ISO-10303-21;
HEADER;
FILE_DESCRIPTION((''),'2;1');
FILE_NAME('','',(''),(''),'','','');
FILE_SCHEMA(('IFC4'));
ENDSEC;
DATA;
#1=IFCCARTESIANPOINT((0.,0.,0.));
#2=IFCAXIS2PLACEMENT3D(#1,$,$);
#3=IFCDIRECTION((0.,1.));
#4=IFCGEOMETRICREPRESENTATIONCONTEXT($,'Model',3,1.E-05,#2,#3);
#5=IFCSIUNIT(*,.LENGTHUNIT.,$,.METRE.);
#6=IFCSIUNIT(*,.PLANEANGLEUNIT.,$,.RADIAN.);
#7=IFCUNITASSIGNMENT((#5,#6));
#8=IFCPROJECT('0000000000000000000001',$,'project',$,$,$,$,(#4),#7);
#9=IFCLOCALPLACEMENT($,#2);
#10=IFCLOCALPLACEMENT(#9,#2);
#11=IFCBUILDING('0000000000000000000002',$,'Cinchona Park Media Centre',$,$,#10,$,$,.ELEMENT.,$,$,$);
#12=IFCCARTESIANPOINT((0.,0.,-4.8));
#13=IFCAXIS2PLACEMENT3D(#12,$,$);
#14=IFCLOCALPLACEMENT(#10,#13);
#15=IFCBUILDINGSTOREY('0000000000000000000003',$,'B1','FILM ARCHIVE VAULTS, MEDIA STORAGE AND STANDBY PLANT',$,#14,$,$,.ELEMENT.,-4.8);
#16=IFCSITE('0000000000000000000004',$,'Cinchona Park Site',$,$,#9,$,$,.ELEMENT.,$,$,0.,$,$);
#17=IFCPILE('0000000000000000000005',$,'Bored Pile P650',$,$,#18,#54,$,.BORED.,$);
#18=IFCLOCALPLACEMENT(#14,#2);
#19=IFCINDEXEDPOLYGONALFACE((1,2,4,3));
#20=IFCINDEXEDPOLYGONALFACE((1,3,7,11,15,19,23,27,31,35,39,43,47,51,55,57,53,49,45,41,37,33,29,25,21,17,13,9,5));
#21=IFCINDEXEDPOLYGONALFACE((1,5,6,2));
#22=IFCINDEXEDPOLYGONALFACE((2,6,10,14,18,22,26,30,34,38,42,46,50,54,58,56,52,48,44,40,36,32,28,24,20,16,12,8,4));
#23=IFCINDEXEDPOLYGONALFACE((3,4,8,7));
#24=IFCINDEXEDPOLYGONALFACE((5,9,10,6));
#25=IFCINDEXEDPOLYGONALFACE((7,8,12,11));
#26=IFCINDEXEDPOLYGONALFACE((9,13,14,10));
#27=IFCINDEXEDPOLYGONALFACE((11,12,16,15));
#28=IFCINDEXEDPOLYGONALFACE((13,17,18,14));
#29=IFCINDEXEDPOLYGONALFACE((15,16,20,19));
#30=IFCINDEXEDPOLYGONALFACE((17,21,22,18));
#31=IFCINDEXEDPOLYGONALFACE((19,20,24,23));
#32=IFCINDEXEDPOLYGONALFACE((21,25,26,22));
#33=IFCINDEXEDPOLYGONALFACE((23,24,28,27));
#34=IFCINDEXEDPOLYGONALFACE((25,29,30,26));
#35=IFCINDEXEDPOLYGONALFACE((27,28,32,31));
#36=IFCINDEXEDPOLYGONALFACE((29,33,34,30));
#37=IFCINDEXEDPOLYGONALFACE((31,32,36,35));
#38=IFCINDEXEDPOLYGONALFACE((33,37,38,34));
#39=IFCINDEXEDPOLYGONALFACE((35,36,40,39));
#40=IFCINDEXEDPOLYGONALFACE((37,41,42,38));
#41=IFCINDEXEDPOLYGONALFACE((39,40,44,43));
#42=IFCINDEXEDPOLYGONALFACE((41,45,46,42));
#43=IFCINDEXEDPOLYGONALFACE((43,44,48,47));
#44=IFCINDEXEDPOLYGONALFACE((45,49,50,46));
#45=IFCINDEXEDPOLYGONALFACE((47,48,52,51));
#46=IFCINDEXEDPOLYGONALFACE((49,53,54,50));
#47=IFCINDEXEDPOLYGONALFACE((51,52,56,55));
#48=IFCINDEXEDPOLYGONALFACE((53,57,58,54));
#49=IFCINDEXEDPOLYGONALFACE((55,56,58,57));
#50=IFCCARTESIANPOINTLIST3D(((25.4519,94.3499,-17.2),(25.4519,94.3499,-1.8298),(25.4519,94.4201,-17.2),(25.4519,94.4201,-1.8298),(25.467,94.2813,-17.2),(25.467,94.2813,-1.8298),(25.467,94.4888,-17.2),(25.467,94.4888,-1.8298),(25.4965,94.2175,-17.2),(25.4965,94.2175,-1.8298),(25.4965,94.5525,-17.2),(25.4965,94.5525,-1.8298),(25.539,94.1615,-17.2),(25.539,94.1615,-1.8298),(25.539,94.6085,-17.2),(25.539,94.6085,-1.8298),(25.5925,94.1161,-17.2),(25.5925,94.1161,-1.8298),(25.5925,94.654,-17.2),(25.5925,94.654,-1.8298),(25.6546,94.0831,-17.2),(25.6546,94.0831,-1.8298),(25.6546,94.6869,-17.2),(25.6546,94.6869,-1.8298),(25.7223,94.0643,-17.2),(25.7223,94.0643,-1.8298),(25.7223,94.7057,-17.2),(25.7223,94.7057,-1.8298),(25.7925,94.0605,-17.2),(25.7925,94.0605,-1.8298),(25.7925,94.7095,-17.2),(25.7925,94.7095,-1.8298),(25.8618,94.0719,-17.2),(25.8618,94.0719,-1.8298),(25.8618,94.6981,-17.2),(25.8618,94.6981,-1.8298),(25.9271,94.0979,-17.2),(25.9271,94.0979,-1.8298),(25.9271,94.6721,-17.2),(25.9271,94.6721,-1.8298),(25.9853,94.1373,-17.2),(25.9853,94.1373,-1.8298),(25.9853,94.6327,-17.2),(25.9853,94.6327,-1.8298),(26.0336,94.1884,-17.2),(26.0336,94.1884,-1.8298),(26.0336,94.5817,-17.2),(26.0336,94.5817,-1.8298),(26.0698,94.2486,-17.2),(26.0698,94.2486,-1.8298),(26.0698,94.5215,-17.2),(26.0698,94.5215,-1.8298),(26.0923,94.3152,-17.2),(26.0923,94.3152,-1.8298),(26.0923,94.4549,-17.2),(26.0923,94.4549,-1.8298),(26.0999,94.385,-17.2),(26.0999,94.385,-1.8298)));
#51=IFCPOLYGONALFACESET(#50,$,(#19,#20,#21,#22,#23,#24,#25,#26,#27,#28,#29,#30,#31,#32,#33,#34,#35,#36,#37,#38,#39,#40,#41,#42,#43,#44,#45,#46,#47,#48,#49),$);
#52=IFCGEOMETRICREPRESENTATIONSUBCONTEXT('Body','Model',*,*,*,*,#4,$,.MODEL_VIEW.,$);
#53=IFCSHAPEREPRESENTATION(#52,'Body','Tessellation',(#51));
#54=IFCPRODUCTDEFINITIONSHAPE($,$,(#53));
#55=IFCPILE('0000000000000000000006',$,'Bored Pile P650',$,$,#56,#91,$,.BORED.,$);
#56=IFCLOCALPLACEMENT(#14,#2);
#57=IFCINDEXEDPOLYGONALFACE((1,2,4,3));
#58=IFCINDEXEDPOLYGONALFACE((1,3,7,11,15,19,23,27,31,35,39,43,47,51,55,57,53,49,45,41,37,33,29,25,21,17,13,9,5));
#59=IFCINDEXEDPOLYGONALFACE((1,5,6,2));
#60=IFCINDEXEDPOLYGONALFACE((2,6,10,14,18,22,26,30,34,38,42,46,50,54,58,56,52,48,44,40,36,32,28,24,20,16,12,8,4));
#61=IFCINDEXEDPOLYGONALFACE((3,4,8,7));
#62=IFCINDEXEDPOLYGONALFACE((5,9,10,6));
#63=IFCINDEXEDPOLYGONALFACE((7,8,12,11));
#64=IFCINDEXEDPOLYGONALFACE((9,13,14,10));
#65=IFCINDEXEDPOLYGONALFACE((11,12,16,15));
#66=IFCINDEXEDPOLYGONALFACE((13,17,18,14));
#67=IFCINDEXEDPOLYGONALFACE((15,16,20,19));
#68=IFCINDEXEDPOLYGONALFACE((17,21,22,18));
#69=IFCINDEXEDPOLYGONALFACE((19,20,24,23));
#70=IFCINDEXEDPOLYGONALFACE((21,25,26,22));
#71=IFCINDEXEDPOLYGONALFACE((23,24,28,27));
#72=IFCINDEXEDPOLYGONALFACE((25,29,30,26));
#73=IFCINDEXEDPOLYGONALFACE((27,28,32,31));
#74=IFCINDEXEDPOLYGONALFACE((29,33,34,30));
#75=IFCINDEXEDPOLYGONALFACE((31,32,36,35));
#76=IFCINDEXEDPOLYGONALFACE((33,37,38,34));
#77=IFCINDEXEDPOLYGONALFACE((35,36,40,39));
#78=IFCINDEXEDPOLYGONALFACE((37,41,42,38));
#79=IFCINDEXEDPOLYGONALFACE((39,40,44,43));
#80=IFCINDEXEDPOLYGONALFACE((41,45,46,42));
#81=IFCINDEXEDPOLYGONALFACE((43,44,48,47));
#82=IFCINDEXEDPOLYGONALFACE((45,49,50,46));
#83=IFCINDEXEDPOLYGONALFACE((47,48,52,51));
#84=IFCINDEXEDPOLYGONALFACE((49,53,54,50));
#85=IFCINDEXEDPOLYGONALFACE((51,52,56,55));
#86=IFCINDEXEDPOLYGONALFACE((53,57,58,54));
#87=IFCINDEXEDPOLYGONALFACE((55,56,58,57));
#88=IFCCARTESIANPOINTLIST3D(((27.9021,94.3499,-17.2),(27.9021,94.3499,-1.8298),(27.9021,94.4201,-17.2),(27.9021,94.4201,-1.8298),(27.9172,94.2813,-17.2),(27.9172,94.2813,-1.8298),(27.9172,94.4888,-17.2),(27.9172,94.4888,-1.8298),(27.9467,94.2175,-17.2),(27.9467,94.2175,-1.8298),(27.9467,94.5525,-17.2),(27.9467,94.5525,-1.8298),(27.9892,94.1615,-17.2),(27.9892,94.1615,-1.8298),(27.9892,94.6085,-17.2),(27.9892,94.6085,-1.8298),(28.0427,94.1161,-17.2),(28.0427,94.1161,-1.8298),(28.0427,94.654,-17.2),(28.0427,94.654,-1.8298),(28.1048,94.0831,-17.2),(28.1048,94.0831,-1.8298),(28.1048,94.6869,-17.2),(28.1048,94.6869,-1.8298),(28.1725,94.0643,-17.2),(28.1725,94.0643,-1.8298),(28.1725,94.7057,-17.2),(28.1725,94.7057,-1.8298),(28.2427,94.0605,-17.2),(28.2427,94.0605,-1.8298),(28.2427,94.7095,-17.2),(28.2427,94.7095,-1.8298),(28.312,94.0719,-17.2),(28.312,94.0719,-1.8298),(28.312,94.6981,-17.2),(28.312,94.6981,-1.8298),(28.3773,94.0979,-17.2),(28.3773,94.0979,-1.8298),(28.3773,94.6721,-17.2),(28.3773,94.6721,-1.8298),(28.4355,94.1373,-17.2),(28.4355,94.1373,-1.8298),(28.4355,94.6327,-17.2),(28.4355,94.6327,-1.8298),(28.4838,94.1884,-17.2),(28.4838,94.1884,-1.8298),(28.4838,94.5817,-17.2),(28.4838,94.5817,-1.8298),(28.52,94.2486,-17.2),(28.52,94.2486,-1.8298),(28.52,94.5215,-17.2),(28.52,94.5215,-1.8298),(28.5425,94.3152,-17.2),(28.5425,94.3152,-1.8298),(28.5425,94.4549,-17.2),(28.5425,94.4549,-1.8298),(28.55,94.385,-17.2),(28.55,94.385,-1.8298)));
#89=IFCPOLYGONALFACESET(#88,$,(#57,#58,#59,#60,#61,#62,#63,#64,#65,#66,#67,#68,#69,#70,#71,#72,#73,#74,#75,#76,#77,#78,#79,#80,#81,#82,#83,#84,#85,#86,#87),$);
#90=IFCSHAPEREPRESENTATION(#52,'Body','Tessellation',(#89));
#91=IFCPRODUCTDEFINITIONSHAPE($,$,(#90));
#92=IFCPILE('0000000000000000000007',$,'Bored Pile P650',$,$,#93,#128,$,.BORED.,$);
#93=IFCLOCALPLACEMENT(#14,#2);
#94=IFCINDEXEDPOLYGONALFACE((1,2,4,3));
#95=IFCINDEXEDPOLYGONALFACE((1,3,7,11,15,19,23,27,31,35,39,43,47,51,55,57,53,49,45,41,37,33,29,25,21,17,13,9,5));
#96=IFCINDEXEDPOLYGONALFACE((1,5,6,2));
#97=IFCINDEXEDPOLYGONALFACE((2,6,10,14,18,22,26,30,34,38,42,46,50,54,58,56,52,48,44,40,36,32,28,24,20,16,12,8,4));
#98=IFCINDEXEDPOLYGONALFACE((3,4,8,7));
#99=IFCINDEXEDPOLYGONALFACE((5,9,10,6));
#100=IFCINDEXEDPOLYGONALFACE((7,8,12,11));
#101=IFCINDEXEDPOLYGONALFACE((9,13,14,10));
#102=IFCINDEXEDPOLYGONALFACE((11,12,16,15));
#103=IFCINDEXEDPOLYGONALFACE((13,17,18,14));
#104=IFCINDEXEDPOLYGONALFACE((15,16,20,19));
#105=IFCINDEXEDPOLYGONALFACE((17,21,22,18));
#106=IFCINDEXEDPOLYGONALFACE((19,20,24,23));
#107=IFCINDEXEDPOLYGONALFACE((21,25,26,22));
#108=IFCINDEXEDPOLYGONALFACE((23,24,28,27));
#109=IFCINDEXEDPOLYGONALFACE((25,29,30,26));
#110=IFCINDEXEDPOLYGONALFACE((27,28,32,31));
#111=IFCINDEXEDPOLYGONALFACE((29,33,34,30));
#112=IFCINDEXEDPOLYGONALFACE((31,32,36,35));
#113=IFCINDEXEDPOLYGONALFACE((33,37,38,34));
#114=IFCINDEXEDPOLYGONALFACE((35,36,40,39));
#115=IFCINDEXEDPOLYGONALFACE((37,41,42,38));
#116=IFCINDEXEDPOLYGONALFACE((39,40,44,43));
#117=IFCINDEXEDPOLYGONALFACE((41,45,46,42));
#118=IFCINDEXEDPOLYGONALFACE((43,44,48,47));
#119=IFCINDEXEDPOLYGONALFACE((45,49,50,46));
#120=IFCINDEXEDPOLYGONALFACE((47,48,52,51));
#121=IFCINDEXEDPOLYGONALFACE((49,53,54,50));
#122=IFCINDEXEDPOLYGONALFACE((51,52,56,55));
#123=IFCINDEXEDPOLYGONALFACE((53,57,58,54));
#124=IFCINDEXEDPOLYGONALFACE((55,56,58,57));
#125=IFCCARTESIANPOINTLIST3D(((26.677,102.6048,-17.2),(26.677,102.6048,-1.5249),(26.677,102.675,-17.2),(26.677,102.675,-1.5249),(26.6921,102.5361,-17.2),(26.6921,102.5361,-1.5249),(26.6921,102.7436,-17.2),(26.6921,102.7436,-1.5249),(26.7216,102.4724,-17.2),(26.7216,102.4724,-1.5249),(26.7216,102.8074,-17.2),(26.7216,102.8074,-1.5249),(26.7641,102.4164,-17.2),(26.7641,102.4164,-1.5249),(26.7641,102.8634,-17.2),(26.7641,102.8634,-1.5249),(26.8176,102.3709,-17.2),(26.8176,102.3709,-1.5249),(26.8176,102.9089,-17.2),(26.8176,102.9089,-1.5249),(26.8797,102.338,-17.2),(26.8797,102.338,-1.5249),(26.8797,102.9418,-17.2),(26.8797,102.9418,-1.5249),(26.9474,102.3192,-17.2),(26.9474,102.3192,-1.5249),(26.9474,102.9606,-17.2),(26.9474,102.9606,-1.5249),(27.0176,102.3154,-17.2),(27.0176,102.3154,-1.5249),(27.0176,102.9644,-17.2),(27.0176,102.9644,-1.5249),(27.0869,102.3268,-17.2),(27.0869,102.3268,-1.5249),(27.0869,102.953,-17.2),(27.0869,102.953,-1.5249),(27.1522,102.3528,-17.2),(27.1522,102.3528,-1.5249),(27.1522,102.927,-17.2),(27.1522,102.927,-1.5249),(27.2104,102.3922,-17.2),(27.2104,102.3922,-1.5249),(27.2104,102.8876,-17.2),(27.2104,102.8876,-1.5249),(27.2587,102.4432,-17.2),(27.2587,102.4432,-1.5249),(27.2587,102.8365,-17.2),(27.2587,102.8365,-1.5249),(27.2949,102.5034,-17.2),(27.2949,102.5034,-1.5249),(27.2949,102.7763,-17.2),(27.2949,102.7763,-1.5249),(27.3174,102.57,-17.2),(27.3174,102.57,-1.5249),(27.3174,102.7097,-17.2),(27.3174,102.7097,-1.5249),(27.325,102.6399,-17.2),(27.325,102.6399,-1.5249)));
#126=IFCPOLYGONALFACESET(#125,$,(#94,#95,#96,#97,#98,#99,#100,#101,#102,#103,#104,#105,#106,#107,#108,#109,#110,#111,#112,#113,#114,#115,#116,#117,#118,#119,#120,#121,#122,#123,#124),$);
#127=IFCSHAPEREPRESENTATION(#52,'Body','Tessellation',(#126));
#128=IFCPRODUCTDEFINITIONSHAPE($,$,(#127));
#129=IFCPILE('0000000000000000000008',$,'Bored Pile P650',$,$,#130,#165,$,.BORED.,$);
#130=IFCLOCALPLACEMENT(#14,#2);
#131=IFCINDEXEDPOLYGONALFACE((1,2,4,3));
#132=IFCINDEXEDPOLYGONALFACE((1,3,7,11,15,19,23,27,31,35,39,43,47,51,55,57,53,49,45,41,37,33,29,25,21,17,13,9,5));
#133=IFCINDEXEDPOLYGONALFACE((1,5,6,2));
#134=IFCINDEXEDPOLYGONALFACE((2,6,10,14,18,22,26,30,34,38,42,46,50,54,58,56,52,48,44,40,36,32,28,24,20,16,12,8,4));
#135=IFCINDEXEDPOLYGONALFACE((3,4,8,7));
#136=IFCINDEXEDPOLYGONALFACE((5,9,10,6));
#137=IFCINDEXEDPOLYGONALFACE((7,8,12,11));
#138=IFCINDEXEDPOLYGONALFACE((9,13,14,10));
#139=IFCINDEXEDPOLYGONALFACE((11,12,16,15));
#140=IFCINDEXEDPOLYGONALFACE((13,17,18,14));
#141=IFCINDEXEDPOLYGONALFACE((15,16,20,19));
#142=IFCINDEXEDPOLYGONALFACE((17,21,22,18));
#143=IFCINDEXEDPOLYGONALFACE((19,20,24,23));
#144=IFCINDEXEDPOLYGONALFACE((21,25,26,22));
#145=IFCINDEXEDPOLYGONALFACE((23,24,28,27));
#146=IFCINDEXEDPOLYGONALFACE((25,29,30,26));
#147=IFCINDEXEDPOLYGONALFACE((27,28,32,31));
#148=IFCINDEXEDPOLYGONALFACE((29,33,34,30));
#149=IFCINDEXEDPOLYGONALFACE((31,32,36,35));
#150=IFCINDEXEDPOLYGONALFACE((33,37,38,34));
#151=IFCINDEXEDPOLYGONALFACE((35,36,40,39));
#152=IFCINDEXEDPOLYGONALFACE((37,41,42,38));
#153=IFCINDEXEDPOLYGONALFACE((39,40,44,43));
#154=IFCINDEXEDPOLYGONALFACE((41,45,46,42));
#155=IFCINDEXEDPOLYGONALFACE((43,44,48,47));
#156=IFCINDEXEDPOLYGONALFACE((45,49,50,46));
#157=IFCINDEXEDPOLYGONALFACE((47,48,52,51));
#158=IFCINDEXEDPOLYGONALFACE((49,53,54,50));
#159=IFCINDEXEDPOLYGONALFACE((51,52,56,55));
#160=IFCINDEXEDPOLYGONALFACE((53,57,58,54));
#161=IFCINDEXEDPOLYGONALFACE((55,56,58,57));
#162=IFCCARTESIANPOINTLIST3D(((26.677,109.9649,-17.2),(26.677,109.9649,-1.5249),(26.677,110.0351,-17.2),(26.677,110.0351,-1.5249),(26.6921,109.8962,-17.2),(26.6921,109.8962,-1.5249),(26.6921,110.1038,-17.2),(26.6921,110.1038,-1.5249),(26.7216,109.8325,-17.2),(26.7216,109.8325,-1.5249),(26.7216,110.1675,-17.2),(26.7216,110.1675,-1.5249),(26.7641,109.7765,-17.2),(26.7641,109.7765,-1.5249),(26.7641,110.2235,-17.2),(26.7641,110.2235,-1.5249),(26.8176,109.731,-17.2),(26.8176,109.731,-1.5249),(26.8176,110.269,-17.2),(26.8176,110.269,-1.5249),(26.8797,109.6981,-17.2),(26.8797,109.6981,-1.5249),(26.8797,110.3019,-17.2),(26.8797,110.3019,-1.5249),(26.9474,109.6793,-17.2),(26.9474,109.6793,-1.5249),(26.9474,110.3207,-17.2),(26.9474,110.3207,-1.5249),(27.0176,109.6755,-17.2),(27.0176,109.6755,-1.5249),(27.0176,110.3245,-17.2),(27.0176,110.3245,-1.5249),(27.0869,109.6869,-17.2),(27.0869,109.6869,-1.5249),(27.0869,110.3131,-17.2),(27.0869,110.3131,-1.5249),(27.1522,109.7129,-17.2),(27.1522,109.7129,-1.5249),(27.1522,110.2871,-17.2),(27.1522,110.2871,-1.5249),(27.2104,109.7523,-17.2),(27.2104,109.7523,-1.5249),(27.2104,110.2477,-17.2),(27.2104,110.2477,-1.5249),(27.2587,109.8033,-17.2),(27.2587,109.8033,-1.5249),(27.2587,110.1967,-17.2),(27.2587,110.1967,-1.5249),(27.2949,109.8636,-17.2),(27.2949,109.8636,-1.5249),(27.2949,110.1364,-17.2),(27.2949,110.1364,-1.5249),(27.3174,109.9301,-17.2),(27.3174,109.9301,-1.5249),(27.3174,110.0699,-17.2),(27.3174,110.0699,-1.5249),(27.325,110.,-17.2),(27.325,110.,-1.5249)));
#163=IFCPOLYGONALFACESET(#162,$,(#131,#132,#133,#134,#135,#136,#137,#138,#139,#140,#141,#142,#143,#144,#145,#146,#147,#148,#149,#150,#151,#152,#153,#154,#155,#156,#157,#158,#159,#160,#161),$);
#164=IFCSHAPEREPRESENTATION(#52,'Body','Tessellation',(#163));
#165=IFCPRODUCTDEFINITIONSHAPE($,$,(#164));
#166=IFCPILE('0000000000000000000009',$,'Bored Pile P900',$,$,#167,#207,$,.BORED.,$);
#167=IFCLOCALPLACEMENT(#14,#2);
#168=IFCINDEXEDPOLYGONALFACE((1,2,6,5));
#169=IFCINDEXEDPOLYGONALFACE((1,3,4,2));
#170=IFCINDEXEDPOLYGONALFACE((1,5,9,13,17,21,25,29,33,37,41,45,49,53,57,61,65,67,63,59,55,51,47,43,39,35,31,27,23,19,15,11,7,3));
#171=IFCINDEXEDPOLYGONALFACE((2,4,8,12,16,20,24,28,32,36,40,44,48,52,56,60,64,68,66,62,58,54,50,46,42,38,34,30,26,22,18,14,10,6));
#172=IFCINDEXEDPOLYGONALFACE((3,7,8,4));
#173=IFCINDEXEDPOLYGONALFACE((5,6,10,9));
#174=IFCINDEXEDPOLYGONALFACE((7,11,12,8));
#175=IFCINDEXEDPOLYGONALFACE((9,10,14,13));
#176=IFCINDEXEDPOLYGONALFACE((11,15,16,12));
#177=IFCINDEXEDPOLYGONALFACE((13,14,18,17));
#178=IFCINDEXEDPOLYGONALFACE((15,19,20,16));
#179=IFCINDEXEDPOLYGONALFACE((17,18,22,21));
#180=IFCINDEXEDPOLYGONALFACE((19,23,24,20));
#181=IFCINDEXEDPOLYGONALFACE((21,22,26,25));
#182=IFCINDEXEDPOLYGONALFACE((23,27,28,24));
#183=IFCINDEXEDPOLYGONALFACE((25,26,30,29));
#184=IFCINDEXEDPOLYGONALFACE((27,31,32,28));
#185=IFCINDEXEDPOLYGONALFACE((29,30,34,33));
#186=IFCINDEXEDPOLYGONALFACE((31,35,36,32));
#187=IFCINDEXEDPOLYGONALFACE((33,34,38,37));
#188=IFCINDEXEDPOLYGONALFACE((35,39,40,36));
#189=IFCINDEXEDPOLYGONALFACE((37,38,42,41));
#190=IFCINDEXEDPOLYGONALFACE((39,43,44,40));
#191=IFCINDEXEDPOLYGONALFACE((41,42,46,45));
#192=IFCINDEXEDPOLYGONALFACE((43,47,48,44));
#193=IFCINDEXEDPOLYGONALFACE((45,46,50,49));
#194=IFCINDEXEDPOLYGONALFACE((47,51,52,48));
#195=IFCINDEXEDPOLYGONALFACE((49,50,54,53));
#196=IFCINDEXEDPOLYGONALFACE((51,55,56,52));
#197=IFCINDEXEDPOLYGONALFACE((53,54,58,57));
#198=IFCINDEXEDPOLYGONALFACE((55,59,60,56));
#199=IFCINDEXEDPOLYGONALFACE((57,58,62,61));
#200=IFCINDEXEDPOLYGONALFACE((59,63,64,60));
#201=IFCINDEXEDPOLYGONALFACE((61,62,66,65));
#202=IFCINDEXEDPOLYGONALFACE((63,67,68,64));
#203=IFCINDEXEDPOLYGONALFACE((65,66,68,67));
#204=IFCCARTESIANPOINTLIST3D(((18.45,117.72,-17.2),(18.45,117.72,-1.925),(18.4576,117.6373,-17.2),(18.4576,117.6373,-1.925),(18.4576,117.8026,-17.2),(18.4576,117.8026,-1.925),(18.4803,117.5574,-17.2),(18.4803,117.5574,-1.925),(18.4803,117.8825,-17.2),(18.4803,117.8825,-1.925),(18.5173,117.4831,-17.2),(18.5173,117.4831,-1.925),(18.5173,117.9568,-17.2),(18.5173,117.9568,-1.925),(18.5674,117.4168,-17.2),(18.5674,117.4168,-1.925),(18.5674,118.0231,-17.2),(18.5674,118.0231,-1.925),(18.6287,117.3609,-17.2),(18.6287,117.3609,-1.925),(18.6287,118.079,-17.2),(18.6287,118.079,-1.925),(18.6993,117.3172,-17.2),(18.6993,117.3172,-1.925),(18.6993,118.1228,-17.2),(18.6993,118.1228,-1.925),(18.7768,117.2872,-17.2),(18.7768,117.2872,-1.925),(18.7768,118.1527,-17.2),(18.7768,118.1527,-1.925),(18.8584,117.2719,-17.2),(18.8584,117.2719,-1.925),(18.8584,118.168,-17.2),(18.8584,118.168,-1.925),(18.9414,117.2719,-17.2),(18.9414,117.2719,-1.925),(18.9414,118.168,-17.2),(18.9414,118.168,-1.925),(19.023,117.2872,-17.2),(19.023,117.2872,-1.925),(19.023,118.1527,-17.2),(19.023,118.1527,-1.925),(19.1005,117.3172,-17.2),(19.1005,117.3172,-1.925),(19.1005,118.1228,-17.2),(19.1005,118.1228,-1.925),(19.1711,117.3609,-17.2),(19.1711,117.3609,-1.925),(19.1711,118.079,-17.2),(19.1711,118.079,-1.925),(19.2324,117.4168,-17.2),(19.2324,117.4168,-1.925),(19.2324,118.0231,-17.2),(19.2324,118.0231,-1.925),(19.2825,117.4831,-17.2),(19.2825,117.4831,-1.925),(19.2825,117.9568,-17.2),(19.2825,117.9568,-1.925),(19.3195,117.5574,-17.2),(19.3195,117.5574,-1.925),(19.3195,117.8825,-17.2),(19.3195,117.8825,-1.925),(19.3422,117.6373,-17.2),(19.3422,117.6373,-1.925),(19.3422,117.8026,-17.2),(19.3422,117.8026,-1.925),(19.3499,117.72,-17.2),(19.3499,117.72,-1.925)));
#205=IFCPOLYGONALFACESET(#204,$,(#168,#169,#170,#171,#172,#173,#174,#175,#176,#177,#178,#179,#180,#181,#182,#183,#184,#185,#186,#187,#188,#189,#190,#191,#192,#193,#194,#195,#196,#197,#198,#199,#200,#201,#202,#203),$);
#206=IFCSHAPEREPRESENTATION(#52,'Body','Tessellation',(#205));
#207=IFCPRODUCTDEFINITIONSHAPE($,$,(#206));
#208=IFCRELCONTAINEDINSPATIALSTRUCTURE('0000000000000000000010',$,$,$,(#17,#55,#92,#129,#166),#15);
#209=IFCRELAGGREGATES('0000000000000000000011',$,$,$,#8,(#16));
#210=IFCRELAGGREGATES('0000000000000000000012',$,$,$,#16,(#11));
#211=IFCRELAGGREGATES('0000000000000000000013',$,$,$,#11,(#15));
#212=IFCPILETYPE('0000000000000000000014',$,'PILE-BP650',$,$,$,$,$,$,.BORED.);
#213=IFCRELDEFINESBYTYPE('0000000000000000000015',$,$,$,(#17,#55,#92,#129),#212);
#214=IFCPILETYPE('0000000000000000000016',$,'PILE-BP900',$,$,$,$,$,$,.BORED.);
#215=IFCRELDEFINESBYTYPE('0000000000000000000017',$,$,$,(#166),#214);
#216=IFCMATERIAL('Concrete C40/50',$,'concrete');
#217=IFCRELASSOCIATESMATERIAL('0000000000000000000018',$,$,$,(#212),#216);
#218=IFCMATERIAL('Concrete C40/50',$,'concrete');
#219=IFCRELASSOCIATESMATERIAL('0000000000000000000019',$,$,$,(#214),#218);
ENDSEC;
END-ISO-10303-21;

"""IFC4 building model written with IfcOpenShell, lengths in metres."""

from ifc_helpers import new_model, si_unit, direction, frame, origin, origin_2d, place, context, subcontext, project, spatial, circle, extrude, material, material_profile, profile_set, type_object, element, save


model = new_model("IFC4")

# Units and contexts
model_context = context("Model", 3, precision=1e-05, world=origin(), true_north=direction((0.0, 1.0)))
body_context = subcontext(model_context, "Body", "Model", "MODEL_VIEW")
ifc_project = project(units=[si_unit("LENGTHUNIT", "METRE"), si_unit("PLANEANGLEUNIT", "RADIAN")], contexts=[model_context])

# Site, building, storey
site_placement = place(None, origin())
site = spatial("IfcSite", under=ifc_project, at=site_placement, Name="Cinchona Park Site", CompositionType="ELEMENT", RefElevation=0.0)
building_placement = place(site_placement, origin())
building = spatial("IfcBuilding", under=site, at=building_placement, Name="Cinchona Park Media Centre", CompositionType="ELEMENT")
storey_placement = place(building_placement, frame((0.0, 0.0, -4.8)))
storey = spatial("IfcBuildingStorey", under=building, at=storey_placement, Name="B1", Description="FILM ARCHIVE VAULTS, MEDIA STORAGE AND STANDBY PLANT", CompositionType="ELEMENT", Elevation=-4.8)

# Piles
ifc_material_1 = material(Name="Concrete C40/50", Category="concrete")
ifc_material_profile_1 = material_profile(ifc_material_1, circle(Radius=0.325, at=origin_2d()), Name="BORED PILE 650")
ifc_profile_set_1 = profile_set([ifc_material_profile_1], Name="Concrete C40/50")
pile_type_1 = type_object("IfcPileType", Name="PILE-BP650", PredefinedType="BORED", material=ifc_profile_set_1)
for number, where, z_axis, x_axis, name in (
    (1, (25.7749, 94.385, -1.8298), (0.0, 0.0, -1.0), (1.0, 0.0, 0.0), "Bored Pile P650"),
    (2, (28.2251, 94.385, -1.8298), (0.0, 0.0, -1.0), (1.0, 0.0, 0.0), "Bored Pile P650"),
):
    element("IfcPile", number, at=place(storey_placement, frame(where, z_axis=z_axis, x_axis=x_axis)), inside=storey, type_object=pile_type_1, Name=name, PredefinedType="BORED", context=body_context, shape_type="SweptSolid", body=[
        extrude(circle(Radius=0.325, at=origin_2d()), origin(), (0.0, 0.0, 1.0), 15.3701),
    ])
for number, where, z_axis, x_axis, name in (
    (3, (27.0, 102.6399, -1.5249), (0.0, 0.0, -1.0), (1.0, 0.0, 0.0), "Bored Pile P650"),
    (4, (27.0, 110.0, -1.5249), (0.0, 0.0, -1.0), (1.0, 0.0, 0.0), "Bored Pile P650"),
):
    element("IfcPile", number, at=place(storey_placement, frame(where, z_axis=z_axis, x_axis=x_axis)), inside=storey, type_object=pile_type_1, Name=name, PredefinedType="BORED", context=body_context, shape_type="SweptSolid", body=[
        extrude(circle(Radius=0.325, at=origin_2d()), origin(), (0.0, 0.0, 1.0), 15.675),
    ])
ifc_material_2 = material(Name="Concrete C40/50", Category="concrete")
ifc_material_profile_2 = material_profile(ifc_material_2, circle(Radius=0.45, at=origin_2d()), Name="BORED PILE 900")
ifc_profile_set_2 = profile_set([ifc_material_profile_2], Name="Concrete C40/50")
pile_type_2 = type_object("IfcPileType", Name="PILE-BP900", PredefinedType="BORED", material=ifc_profile_set_2)
pile_1_placement = place(storey_placement, frame((18.8999, 117.72, -1.925), z_axis=(0.0, 0.0, -1.0), x_axis=(1.0, 0.0, 0.0)))
element("IfcPile", 5, at=pile_1_placement, inside=storey, type_object=pile_type_2, Name="Bored Pile P900", PredefinedType="BORED", context=body_context, shape_type="SweptSolid", body=[
    extrude(circle(Radius=0.45, at=origin_2d()), origin(), (0.0, 0.0, 1.0), 15.2749),
])

save(model, "model.ifc")
